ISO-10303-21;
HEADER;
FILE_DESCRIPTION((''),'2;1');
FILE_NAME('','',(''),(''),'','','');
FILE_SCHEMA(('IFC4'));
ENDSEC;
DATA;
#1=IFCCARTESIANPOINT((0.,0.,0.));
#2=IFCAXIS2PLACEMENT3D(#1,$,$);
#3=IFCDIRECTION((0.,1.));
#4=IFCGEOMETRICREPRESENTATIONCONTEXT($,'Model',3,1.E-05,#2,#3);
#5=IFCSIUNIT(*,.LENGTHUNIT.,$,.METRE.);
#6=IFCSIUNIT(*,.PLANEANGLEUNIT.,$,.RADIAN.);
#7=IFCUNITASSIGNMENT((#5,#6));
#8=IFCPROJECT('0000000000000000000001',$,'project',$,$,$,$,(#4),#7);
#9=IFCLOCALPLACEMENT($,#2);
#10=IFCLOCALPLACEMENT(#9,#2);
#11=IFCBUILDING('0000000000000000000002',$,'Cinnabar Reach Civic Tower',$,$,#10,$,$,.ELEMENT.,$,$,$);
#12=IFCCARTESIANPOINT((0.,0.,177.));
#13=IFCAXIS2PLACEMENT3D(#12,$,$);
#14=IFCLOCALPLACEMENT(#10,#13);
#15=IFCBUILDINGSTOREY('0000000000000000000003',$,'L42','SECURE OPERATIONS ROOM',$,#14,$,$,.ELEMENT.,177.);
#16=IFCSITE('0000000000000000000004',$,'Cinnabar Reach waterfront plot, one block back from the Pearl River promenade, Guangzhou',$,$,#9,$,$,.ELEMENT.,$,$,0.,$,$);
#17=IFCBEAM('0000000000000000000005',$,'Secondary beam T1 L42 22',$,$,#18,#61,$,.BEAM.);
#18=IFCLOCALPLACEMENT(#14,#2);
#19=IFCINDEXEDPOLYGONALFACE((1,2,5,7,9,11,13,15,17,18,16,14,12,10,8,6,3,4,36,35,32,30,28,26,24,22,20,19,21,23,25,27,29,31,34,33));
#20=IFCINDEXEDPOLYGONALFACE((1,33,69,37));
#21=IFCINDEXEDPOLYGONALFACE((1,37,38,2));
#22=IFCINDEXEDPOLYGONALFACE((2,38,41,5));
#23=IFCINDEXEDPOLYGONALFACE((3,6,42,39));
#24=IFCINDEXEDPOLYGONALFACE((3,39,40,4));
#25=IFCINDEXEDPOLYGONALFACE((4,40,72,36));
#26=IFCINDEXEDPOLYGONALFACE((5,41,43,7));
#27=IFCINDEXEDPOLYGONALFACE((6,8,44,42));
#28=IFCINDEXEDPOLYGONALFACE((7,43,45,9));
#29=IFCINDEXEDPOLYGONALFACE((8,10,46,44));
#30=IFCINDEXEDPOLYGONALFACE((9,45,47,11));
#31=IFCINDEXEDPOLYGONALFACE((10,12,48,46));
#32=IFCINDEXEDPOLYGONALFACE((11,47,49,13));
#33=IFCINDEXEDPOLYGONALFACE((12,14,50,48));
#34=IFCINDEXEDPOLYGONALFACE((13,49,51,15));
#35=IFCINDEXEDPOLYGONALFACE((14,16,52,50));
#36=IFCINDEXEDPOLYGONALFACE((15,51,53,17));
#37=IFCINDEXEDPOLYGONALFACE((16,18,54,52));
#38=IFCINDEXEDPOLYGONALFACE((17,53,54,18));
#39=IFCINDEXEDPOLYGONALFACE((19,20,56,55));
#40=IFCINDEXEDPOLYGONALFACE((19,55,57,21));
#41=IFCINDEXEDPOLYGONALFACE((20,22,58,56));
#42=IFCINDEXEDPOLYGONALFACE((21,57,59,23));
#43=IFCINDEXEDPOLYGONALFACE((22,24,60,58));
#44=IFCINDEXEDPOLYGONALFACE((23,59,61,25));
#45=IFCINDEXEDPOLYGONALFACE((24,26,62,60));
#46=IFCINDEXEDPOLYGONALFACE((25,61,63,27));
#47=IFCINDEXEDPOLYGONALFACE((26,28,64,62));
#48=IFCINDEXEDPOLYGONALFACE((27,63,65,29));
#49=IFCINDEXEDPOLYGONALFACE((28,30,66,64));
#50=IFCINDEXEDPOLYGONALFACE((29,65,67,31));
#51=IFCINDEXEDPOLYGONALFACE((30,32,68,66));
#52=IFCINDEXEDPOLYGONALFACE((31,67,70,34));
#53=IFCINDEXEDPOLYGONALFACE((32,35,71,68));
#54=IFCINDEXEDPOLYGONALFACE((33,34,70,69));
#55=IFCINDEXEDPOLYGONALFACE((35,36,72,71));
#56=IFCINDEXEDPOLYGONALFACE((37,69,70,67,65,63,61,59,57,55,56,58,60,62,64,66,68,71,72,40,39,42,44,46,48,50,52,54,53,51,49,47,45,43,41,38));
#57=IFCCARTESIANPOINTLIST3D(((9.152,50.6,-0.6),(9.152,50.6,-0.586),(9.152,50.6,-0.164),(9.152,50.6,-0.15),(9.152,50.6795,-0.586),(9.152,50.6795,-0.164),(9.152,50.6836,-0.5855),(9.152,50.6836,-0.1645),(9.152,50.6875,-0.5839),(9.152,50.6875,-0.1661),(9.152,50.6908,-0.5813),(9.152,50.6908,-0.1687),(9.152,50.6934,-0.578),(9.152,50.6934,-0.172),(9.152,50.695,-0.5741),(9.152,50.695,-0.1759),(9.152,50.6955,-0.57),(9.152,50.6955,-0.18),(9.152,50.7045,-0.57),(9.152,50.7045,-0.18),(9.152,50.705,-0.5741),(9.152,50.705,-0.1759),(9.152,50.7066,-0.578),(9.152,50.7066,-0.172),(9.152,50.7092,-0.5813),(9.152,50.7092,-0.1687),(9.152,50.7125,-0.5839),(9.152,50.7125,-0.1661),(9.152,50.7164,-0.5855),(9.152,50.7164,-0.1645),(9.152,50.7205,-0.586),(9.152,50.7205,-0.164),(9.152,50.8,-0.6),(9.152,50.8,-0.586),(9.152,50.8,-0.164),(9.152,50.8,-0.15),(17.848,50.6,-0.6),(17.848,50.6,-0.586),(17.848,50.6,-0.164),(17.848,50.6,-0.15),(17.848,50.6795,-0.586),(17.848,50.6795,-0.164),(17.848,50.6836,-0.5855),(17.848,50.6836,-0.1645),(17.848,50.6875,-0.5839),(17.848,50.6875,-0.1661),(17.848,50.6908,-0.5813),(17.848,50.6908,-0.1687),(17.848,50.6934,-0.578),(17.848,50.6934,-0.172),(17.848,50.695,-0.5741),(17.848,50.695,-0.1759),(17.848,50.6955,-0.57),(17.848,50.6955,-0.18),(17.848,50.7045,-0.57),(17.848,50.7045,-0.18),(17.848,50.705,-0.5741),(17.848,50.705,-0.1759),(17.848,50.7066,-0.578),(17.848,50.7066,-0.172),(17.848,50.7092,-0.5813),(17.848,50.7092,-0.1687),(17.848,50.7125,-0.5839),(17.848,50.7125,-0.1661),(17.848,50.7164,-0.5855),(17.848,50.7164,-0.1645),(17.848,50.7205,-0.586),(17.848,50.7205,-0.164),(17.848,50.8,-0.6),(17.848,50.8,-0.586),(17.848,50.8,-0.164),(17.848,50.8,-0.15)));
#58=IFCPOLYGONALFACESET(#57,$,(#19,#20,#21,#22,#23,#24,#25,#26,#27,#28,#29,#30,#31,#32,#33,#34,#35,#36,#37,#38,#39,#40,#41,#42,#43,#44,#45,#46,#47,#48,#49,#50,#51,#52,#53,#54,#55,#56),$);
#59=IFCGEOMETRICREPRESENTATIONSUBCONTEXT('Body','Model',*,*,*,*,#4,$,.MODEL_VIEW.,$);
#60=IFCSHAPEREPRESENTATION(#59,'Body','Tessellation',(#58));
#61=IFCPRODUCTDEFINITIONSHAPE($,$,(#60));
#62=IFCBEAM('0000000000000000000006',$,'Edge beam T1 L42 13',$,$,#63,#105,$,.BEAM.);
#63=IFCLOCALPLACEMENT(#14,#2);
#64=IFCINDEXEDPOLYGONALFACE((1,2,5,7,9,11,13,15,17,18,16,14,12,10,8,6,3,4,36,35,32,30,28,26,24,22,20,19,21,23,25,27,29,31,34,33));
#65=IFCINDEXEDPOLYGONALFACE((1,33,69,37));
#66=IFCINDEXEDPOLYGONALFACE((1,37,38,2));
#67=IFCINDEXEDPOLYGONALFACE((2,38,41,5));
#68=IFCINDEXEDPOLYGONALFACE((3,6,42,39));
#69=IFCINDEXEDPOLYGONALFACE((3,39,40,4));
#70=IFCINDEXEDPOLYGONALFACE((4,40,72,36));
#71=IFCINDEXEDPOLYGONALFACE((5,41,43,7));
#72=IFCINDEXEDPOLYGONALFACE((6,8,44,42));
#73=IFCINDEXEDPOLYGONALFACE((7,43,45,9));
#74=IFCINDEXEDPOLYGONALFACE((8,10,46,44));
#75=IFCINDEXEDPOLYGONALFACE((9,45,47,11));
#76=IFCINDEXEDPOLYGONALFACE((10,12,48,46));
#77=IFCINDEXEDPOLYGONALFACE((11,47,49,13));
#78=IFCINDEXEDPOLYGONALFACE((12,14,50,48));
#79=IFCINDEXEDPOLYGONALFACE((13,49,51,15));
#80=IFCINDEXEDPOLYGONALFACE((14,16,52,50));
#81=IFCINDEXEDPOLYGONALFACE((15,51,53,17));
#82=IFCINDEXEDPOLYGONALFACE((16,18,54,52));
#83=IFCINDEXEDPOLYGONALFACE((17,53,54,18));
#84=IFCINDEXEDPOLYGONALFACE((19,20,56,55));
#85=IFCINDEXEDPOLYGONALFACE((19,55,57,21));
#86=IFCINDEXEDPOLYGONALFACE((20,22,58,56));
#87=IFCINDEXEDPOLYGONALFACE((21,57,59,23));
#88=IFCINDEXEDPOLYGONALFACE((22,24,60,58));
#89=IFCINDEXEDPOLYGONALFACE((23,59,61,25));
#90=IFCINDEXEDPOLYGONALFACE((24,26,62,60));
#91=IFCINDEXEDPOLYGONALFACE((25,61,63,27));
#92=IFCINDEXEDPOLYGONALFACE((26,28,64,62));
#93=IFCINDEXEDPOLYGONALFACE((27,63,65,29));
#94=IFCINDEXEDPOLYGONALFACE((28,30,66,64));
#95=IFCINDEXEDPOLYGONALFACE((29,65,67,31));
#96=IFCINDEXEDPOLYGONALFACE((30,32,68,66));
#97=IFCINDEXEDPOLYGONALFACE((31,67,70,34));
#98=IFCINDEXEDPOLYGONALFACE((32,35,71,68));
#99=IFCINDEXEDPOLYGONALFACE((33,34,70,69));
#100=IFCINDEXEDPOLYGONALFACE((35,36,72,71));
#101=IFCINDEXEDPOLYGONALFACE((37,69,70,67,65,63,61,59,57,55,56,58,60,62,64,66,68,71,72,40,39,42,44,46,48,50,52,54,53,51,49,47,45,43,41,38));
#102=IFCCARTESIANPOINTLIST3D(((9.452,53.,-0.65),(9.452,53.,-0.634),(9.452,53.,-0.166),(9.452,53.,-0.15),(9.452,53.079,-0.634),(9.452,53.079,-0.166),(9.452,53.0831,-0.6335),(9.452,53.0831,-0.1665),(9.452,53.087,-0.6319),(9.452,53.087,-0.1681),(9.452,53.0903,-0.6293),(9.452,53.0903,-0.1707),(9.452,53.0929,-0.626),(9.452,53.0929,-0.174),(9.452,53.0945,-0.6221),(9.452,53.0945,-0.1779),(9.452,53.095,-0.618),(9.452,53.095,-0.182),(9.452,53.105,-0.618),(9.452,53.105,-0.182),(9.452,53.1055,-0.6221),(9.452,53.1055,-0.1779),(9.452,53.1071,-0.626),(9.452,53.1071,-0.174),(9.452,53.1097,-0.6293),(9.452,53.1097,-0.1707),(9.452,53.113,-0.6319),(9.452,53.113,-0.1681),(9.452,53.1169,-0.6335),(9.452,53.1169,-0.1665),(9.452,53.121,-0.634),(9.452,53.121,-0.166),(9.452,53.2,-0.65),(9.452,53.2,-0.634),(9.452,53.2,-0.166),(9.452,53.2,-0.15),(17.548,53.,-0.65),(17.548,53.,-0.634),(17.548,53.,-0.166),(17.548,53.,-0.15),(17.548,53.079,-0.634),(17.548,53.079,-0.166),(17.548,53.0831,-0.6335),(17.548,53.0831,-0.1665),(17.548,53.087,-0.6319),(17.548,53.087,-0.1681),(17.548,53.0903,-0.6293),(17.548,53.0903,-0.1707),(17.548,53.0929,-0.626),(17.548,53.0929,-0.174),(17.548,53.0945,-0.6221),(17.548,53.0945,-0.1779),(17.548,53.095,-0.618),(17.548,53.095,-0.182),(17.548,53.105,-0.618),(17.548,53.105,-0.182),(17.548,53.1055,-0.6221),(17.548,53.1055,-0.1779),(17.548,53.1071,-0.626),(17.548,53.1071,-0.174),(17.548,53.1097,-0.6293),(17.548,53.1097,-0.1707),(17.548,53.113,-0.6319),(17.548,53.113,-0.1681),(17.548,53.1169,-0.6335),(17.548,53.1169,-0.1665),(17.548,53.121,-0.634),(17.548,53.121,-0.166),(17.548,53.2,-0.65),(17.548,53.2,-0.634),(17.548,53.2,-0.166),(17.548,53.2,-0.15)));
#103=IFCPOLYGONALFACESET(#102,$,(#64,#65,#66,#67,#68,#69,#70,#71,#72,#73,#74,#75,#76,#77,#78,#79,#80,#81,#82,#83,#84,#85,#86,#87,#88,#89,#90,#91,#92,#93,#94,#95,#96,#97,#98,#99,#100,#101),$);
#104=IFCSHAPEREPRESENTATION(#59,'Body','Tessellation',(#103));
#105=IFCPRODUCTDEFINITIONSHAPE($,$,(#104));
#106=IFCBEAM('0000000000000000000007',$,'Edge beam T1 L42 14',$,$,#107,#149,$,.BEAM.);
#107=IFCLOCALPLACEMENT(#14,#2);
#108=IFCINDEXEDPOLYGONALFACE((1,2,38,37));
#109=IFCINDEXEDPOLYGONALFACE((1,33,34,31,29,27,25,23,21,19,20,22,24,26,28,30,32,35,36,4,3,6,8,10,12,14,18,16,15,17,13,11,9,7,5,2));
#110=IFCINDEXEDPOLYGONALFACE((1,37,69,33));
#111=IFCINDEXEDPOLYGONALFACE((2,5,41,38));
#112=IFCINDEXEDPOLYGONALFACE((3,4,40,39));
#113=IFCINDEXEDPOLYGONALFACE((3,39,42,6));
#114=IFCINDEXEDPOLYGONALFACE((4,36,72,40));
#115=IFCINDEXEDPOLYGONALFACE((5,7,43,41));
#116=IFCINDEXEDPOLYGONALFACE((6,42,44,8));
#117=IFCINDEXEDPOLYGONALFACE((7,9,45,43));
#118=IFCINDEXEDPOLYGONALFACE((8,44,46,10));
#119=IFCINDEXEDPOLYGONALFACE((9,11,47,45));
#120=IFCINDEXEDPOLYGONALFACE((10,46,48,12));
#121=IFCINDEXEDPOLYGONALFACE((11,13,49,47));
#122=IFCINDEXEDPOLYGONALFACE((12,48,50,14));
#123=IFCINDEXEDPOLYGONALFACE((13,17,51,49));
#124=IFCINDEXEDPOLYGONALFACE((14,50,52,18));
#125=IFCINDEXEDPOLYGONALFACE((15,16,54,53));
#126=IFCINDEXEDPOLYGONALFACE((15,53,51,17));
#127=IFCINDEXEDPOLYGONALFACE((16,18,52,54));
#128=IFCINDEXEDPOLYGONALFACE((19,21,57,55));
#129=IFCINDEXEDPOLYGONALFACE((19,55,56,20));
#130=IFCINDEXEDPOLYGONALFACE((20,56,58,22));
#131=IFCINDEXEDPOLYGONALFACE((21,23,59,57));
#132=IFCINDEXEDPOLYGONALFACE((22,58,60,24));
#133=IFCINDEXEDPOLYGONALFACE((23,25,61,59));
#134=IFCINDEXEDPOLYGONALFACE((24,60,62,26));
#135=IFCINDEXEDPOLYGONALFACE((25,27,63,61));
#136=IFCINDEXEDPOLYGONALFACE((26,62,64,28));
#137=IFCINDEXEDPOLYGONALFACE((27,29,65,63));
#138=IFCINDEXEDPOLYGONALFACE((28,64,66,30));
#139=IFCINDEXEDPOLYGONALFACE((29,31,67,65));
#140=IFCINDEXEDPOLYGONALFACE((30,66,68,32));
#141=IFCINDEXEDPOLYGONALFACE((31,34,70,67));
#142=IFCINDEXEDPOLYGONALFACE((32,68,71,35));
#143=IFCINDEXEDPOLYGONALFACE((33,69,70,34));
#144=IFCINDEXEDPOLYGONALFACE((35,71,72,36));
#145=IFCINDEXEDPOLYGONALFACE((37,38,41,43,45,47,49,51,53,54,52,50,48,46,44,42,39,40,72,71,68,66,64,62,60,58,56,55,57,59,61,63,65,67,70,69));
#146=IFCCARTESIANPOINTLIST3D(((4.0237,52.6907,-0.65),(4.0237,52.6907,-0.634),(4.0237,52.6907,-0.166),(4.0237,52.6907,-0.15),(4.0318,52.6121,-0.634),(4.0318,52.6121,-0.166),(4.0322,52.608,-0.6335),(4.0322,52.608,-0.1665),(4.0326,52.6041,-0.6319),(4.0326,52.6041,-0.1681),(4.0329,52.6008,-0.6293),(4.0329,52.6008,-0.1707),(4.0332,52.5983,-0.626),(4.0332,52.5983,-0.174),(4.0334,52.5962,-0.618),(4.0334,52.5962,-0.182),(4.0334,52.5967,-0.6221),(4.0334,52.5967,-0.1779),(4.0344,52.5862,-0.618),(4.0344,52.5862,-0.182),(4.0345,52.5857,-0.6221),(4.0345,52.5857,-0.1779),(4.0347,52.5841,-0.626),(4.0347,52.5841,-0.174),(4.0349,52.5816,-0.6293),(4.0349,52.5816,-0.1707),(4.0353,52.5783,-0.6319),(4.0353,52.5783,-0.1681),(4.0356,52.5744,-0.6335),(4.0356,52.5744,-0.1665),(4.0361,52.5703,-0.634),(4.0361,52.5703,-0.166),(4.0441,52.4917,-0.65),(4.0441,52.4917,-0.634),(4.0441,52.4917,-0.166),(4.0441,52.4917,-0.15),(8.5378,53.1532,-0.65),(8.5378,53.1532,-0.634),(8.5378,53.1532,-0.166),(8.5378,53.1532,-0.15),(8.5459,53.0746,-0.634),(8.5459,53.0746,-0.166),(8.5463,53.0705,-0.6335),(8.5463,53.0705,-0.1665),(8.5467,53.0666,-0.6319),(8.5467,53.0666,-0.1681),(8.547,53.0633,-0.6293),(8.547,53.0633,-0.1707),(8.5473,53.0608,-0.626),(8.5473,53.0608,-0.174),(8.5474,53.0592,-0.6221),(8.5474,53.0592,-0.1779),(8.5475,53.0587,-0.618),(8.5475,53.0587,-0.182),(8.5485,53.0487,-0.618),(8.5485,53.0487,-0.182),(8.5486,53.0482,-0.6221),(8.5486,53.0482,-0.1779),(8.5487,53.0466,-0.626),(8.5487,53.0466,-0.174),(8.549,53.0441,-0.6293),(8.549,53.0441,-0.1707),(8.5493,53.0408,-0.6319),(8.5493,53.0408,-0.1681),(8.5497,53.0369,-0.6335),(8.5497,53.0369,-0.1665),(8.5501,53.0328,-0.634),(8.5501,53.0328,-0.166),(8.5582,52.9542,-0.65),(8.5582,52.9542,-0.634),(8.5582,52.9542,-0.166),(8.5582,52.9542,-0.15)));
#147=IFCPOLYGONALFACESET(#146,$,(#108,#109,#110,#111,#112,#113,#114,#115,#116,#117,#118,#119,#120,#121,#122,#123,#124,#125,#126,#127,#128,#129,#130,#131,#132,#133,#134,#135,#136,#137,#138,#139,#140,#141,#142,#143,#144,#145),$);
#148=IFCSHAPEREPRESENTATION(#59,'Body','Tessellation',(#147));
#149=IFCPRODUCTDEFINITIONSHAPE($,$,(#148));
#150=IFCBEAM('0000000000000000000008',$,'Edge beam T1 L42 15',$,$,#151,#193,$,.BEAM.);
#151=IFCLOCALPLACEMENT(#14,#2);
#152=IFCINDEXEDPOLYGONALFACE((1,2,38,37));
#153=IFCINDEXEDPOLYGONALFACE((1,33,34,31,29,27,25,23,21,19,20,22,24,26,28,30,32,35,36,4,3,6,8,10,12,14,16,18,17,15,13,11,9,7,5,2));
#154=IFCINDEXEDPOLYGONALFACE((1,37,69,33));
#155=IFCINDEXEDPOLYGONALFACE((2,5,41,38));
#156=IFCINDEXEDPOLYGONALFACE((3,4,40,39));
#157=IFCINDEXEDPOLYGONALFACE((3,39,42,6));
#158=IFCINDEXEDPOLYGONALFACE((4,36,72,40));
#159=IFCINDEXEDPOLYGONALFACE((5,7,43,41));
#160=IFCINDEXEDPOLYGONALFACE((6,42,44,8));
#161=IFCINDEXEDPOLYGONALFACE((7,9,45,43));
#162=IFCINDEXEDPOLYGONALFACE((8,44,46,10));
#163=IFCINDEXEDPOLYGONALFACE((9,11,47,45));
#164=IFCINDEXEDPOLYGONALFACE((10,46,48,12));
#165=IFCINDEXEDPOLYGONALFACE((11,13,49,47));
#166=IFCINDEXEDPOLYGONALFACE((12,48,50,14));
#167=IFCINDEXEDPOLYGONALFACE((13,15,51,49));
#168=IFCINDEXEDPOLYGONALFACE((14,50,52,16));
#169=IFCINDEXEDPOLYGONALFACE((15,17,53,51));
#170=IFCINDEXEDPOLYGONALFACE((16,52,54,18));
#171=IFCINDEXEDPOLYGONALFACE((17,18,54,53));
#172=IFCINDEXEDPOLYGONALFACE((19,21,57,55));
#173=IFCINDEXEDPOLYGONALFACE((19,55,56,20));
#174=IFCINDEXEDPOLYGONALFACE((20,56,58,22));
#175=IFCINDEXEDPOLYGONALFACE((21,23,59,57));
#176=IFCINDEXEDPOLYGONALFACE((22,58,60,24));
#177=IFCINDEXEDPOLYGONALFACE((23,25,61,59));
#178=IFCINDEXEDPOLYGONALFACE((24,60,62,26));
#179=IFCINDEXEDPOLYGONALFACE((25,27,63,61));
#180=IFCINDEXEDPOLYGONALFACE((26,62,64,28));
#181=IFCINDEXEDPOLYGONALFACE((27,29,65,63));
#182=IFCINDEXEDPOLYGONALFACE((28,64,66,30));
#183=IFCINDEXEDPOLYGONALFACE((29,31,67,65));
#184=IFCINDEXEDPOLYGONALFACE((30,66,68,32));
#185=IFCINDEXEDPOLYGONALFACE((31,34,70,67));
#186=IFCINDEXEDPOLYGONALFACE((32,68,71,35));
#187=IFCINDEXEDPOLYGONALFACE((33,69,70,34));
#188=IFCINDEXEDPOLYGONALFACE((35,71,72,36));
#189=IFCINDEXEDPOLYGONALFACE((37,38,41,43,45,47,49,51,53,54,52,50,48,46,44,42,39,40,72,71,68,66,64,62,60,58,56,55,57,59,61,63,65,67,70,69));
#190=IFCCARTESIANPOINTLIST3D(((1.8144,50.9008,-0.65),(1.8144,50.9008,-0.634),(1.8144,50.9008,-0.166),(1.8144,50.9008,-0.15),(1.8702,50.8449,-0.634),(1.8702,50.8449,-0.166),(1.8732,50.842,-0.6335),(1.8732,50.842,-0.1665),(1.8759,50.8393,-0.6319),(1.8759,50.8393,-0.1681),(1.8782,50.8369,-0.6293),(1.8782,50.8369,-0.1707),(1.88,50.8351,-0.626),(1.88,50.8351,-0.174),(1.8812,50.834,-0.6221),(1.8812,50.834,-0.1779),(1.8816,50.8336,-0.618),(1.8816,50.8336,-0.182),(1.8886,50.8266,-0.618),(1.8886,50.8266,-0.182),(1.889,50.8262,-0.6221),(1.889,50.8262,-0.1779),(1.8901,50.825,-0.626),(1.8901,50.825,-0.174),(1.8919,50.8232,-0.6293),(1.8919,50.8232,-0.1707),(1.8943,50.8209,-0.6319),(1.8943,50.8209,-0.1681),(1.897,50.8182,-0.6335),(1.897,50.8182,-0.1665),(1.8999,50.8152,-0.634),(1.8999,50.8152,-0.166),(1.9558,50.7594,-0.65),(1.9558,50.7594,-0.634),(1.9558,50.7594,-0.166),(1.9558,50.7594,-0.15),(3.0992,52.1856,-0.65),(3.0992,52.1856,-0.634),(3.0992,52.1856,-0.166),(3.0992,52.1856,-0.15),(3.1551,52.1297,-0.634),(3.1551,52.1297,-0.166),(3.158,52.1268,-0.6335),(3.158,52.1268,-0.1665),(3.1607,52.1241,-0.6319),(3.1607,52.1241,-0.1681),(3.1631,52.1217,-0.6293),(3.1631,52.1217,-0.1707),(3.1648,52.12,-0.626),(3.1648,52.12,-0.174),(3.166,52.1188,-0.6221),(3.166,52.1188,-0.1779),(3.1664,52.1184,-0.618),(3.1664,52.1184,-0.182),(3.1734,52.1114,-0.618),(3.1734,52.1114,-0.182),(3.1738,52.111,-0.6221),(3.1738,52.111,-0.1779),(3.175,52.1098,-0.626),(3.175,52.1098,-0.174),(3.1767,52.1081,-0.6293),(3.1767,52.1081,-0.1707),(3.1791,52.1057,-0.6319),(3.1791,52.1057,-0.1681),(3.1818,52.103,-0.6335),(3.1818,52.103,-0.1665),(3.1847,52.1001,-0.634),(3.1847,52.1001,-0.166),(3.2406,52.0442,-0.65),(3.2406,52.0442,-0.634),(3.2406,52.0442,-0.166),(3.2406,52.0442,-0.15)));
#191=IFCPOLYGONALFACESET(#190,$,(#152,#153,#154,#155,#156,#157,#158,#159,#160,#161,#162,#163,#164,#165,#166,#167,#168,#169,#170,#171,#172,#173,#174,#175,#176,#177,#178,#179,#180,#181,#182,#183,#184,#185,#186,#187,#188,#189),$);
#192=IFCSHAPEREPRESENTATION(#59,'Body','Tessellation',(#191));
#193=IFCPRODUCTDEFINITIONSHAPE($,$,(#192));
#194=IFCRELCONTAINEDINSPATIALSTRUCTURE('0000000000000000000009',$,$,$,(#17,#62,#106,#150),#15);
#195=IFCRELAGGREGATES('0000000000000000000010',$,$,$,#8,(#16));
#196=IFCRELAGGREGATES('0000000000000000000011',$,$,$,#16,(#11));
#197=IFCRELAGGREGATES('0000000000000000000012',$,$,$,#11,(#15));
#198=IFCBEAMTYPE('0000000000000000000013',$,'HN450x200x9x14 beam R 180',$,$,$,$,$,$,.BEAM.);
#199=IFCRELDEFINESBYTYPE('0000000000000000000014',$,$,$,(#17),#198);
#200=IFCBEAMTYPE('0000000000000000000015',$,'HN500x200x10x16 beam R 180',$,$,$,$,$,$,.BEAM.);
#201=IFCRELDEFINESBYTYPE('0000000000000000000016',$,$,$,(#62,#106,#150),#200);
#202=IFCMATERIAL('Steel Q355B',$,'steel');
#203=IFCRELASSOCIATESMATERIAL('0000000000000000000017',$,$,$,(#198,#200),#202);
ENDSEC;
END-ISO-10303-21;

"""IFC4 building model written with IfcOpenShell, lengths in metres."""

from ifc_helpers import new_model, si_unit, direction, frame, origin, origin_2d, place, context, subcontext, project, spatial, i_section, extrude, material, material_profile, profile_set, type_object, element, save


model = new_model("IFC4")

# Units and contexts
model_context = context("Model", 3, precision=1e-05, world=origin(), true_north=direction((0.0, 1.0)))
body_context = subcontext(model_context, "Body", "Model", "MODEL_VIEW")
ifc_project = project(units=[si_unit("LENGTHUNIT", "METRE"), si_unit("PLANEANGLEUNIT", "RADIAN")], contexts=[model_context])

# Site, building, storey
site_placement = place(None, origin())
site = spatial("IfcSite", under=ifc_project, at=site_placement, Name="Cinnabar Reach waterfront plot, one block back from the Pearl River promenade, Guangzhou", CompositionType="ELEMENT", RefElevation=0.0)
building_placement = place(site_placement, origin())
building = spatial("IfcBuilding", under=site, at=building_placement, Name="Cinnabar Reach Civic Tower", CompositionType="ELEMENT")
storey_placement = place(building_placement, frame((0.0, 0.0, 177.0)))
storey = spatial("IfcBuildingStorey", under=building, at=storey_placement, Name="L42", Description="SECURE OPERATIONS ROOM", CompositionType="ELEMENT", Elevation=177.0)

# Beams
ifc_material_1 = material(Name="Steel Q355B", Category="steel")
ifc_material_profile_1 = material_profile(ifc_material_1, i_section(OverallWidth=0.2, OverallDepth=0.45, WebThickness=0.009, FlangeThickness=0.014, FilletRadius=0.016, at=origin_2d()), Name="HN450x200x9x14")
ifc_profile_set_1 = profile_set([ifc_material_profile_1], Name="Steel Q355B")
beam_type_1 = type_object("IfcBeamType", Name="HN450x200x9x14 beam R 180", PredefinedType="BEAM", material=ifc_profile_set_1)
for number, where, z_axis, x_axis, name in (
    (1, (9.152, 50.7, -0.375), (1.0, 0.0, 0.0), (0.0, 1.0, 0.0), "Secondary beam T1 L42 22"),
):
    element("IfcBeam", number, at=place(storey_placement, frame(where, z_axis=z_axis, x_axis=x_axis)), inside=storey, type_object=beam_type_1, Name=name, PredefinedType="BEAM", context=body_context, shape_type="SweptSolid", body=[
        extrude(i_section(OverallWidth=0.2, OverallDepth=0.45, WebThickness=0.009, FlangeThickness=0.014, FilletRadius=0.016, at=origin_2d()), origin(), (0.0, 0.0, 1.0), 8.696),
    ])
ifc_material_profile_2 = material_profile(ifc_material_1, i_section(OverallWidth=0.2, OverallDepth=0.5, WebThickness=0.01, FlangeThickness=0.016, FilletRadius=0.016, at=origin_2d()), Name="HN500x200x10x16")
ifc_profile_set_2 = profile_set([ifc_material_profile_2], Name="Steel Q355B")
beam_type_2 = type_object("IfcBeamType", Name="HN500x200x10x16 beam R 180", PredefinedType="BEAM", material=ifc_profile_set_2)
beam_1_placement = place(storey_placement, frame((17.548, 53.1, -0.4), z_axis=(-1.0, 0.0, 0.0), x_axis=(0.0, -1.0, 0.0)))
element("IfcBeam", 2, at=beam_1_placement, inside=storey, type_object=beam_type_2, Name="Edge beam T1 L42 13", PredefinedType="BEAM", context=body_context, shape_type="SweptSolid", body=[
    extrude(i_section(OverallWidth=0.2, OverallDepth=0.5, WebThickness=0.01, FlangeThickness=0.016, FilletRadius=0.016, at=origin_2d()), origin(), (0.0, 0.0, 1.0), 8.096),
])
beam_2_placement = place(storey_placement, frame((8.548, 53.0537, -0.4), z_axis=(-0.994792, -0.101923, 0.0), x_axis=(0.101923, -0.994792, 0.0)))
element("IfcBeam", 3, at=beam_2_placement, inside=storey, type_object=beam_type_2, Name="Edge beam T1 L42 14", PredefinedType="BEAM", context=body_context, shape_type="SweptSolid", body=[
    extrude(i_section(OverallWidth=0.2, OverallDepth=0.5, WebThickness=0.01, FlangeThickness=0.016, FilletRadius=0.016, at=origin_2d()), origin(), (0.0, 0.0, 1.0), 4.5377),
])
beam_3_placement = place(storey_placement, frame((3.1699, 52.1149, -0.4), z_axis=(-0.707107, -0.707107, 0.0), x_axis=(0.707107, -0.707107, 0.0)))
element("IfcBeam", 4, at=beam_3_placement, inside=storey, type_object=beam_type_2, Name="Edge beam T1 L42 15", PredefinedType="BEAM", context=body_context, shape_type="SweptSolid", body=[
    extrude(i_section(OverallWidth=0.2, OverallDepth=0.5, WebThickness=0.01, FlangeThickness=0.016, FilletRadius=0.016, at=origin_2d()), origin(), (0.0, 0.0, 1.0), 1.817),
])

save(model, "model.ifc")
